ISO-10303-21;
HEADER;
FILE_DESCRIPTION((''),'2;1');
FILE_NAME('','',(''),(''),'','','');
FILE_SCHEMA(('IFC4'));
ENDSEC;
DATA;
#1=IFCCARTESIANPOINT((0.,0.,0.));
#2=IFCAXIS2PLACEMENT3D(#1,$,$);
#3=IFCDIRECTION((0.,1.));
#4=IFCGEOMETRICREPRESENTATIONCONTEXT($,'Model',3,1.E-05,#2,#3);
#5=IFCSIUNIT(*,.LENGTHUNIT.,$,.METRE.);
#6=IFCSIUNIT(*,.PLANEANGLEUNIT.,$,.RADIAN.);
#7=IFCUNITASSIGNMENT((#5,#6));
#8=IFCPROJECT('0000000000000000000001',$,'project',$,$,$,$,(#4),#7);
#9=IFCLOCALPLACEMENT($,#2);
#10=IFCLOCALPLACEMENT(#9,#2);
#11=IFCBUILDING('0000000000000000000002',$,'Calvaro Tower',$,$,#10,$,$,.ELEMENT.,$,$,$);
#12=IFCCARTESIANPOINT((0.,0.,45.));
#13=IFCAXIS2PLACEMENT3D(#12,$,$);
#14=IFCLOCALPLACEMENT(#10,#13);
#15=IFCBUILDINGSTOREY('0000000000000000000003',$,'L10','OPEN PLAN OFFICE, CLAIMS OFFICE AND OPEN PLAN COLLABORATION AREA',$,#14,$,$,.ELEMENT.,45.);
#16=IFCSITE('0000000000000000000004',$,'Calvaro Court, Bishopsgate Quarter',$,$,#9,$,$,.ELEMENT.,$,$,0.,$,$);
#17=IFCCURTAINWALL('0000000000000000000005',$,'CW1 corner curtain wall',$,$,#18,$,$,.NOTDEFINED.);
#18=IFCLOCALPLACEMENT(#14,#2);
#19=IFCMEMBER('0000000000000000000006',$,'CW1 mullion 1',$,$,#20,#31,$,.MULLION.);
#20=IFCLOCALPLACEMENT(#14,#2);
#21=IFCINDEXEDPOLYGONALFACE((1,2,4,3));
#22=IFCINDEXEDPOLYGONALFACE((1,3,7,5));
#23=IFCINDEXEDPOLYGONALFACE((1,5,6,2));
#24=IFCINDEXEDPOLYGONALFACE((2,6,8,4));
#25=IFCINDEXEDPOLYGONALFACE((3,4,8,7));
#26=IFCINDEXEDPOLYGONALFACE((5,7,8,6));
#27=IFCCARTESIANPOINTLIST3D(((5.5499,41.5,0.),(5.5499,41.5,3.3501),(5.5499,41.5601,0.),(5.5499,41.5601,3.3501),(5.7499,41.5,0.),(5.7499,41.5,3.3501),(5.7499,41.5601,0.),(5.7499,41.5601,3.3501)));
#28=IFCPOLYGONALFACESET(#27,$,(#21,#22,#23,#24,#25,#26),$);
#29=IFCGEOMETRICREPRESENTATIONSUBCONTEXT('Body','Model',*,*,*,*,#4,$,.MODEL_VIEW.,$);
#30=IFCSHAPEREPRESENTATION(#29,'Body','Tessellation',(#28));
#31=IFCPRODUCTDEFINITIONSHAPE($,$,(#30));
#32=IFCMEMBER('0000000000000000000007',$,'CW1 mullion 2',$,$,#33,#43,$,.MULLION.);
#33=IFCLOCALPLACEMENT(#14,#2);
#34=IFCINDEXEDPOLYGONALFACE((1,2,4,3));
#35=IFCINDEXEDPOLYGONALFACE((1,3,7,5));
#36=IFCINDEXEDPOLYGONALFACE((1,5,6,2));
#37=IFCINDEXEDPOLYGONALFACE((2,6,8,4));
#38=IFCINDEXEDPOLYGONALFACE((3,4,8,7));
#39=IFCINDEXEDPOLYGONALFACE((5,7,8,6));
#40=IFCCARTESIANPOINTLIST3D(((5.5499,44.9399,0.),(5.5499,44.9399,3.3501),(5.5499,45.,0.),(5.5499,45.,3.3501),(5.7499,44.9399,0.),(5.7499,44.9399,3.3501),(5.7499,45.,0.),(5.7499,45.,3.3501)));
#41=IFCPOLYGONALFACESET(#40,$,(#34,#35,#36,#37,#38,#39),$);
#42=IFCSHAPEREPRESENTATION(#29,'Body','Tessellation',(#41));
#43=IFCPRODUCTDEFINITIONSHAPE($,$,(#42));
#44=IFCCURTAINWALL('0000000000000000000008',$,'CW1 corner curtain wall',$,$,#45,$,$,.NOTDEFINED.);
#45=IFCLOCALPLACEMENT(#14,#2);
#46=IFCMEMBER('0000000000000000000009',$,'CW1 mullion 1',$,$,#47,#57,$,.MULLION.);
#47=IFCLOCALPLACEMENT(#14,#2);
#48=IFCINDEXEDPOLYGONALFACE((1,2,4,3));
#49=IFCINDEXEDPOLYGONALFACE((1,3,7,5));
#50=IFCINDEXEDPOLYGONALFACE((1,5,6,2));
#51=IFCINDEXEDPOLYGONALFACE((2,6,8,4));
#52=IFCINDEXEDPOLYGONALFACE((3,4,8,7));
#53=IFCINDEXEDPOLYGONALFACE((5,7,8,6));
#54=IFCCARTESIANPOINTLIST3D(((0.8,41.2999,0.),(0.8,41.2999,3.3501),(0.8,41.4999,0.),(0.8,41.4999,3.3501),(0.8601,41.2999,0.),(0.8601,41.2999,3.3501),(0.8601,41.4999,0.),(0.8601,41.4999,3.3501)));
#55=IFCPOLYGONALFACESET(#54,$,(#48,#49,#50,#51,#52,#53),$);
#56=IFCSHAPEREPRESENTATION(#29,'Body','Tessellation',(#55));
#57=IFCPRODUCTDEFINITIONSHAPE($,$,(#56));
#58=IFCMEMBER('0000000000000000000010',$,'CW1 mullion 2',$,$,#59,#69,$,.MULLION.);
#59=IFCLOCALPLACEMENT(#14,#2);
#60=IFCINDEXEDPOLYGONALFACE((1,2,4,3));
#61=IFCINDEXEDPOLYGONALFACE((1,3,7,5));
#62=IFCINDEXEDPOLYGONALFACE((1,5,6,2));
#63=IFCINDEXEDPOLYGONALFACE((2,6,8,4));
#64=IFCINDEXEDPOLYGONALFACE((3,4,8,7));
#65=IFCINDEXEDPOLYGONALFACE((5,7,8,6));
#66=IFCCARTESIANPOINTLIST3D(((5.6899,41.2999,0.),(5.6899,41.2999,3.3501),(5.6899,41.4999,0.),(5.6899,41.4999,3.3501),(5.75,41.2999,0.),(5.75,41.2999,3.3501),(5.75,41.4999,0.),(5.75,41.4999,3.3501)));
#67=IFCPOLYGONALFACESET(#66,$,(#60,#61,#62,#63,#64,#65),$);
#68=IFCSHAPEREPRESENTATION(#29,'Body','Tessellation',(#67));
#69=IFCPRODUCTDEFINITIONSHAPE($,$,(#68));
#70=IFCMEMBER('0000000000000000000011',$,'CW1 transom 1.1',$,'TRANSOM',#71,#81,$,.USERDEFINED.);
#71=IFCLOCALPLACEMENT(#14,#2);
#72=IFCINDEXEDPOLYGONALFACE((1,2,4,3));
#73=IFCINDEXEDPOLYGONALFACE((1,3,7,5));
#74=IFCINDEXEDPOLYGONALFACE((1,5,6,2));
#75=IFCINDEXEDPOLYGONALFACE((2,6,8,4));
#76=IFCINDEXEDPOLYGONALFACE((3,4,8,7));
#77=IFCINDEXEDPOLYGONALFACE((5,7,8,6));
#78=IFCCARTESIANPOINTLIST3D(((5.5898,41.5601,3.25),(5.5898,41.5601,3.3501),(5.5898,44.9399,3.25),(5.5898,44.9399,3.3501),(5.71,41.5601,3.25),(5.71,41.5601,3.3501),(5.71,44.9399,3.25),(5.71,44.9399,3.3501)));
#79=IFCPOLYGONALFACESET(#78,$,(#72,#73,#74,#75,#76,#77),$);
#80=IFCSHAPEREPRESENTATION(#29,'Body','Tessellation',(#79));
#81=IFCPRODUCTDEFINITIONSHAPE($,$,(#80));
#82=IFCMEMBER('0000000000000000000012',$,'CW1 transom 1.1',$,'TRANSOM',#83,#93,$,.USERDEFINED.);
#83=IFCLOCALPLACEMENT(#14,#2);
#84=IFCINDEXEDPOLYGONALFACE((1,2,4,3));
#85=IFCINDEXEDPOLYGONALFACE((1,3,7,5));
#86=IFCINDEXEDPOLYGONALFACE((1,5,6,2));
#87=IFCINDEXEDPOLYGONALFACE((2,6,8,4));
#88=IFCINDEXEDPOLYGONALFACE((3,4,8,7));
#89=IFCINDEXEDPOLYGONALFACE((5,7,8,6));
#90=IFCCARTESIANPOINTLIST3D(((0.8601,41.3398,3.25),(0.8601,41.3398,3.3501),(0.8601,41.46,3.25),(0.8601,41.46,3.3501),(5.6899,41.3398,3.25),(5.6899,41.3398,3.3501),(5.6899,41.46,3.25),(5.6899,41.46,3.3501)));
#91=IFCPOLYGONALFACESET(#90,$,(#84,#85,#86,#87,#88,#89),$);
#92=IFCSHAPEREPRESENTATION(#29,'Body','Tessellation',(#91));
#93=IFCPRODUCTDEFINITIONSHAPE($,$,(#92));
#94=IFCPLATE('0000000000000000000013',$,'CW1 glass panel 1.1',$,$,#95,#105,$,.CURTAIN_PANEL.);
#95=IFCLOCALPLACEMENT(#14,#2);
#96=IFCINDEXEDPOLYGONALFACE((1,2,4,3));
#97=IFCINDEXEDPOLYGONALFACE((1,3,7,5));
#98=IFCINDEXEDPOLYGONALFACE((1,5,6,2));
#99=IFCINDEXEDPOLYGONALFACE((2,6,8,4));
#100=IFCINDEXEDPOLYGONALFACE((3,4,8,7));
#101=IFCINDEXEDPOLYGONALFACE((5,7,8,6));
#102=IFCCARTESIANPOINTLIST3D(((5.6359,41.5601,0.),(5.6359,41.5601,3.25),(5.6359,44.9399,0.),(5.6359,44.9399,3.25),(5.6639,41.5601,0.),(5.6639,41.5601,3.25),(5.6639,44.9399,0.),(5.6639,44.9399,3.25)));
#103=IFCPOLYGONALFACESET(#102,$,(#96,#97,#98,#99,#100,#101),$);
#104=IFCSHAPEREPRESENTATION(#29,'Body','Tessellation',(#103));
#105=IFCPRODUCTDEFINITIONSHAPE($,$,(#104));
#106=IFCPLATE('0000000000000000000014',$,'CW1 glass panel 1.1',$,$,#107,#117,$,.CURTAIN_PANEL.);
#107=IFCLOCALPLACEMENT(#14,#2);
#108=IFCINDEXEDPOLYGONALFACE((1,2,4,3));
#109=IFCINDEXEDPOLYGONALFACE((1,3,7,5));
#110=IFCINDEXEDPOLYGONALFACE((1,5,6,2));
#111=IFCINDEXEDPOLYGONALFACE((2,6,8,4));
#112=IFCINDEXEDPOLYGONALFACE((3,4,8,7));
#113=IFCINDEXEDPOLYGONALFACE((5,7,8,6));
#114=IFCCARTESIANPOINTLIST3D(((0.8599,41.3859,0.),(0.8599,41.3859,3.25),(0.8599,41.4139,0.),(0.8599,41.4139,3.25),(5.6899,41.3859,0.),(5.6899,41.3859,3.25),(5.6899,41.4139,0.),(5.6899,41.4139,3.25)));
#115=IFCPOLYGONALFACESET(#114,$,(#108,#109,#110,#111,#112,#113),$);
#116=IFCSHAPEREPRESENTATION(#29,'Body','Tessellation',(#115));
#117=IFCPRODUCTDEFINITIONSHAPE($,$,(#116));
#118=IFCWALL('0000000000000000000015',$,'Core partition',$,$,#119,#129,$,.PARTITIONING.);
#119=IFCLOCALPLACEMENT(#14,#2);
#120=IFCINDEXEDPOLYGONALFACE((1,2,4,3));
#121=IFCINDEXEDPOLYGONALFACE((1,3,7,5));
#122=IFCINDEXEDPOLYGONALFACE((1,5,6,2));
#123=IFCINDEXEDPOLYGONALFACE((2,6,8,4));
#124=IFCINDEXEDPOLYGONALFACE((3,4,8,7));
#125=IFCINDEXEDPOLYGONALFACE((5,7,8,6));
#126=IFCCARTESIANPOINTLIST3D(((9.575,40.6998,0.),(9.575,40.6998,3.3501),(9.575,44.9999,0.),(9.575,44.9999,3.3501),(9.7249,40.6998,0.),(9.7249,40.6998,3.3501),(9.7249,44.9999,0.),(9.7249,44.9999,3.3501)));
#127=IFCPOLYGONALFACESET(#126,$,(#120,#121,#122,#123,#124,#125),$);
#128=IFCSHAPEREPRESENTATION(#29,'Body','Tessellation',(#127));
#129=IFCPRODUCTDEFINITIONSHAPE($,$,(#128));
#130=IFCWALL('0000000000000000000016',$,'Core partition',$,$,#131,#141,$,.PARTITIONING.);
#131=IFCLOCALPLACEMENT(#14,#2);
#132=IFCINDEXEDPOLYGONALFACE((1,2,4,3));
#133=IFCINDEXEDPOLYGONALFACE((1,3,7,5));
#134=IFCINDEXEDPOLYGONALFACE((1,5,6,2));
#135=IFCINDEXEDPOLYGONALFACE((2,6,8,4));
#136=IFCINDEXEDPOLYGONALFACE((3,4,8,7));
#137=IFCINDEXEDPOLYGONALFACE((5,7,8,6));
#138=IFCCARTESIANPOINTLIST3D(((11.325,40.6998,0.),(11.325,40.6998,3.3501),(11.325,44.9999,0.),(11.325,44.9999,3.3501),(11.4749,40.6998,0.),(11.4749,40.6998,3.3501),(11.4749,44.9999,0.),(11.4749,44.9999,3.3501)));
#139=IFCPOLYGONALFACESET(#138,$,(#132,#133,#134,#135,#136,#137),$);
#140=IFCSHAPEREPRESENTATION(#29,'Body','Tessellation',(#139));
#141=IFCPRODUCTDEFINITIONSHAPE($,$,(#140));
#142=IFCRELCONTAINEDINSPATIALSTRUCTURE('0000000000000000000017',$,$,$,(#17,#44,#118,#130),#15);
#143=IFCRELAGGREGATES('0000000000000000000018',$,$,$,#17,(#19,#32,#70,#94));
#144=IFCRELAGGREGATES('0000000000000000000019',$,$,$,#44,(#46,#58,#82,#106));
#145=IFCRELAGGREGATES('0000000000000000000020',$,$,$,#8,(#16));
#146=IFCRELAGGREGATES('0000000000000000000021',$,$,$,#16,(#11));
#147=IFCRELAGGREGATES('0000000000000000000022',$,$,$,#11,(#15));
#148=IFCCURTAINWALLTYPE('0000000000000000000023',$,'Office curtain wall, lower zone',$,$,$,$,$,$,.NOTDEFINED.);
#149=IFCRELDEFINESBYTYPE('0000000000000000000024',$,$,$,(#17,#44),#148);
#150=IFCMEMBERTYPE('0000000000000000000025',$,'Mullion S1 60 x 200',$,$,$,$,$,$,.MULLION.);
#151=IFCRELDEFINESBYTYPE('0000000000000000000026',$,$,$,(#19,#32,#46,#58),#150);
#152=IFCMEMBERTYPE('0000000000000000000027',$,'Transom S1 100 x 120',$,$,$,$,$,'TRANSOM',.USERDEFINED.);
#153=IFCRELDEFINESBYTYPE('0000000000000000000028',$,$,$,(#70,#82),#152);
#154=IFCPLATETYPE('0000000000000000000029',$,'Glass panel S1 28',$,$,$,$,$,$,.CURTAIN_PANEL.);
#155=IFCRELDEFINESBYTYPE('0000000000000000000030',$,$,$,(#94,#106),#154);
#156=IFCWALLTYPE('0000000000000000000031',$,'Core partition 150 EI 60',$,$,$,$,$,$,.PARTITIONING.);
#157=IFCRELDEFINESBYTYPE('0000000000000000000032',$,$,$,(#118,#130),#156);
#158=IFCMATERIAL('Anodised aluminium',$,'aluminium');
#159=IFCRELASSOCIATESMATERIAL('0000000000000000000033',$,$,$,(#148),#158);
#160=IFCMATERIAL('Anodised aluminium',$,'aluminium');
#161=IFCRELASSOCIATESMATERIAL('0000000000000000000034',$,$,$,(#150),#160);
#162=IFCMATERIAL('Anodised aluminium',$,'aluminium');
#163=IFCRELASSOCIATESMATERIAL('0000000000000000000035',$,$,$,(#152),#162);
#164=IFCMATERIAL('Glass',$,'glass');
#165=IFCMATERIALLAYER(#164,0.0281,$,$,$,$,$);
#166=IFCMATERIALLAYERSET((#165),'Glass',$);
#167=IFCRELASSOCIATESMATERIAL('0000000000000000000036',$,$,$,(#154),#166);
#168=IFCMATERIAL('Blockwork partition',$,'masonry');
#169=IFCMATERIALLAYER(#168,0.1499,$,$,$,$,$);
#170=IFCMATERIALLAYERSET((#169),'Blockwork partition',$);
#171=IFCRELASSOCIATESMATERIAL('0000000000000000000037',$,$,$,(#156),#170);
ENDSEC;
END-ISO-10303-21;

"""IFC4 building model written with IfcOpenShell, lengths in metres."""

from ifc_helpers import new_model, si_unit, direction, frame, frame_2d, origin, origin_2d, place, context, subcontext, project, spatial, rectangle, extrude, material, layer, layer_set, material_profile, profile_set, type_object, element, aggregate, save


model = new_model("IFC4")

# Units and contexts
model_context = context("Model", 3, precision=1e-05, world=origin(), true_north=direction((0.0, 1.0)))
body_context = subcontext(model_context, "Body", "Model", "MODEL_VIEW")
ifc_project = project(units=[si_unit("LENGTHUNIT", "METRE"), si_unit("PLANEANGLEUNIT", "RADIAN")], contexts=[model_context])

# Site, building, storey
site_placement = place(None, origin())
site = spatial("IfcSite", under=ifc_project, at=site_placement, Name="Calvaro Court, Bishopsgate Quarter", CompositionType="ELEMENT", RefElevation=0.0)
building_placement = place(site_placement, origin())
building = spatial("IfcBuilding", under=site, at=building_placement, Name="Calvaro Tower", CompositionType="ELEMENT")
storey_placement = place(building_placement, frame((0.0, 0.0, 45.0)))
storey = spatial("IfcBuildingStorey", under=building, at=storey_placement, Name="L10", Description="OPEN PLAN OFFICE, CLAIMS OFFICE AND OPEN PLAN COLLABORATION AREA", CompositionType="ELEMENT", Elevation=45.0)

# Curtain walls, members
ifc_material_1 = material(Name="Anodised aluminium", Category="aluminium")
curtain_wall_type = type_object("IfcCurtainWallType", Name="Office curtain wall, lower zone", PredefinedType="NOTDEFINED", material=ifc_material_1)
curtain_wall_1_placement = place(storey_placement, origin())
curtain_wall_1 = element("IfcCurtainWall", 1, at=curtain_wall_1_placement, inside=storey, type_object=curtain_wall_type, Name="CW1 corner curtain wall", PredefinedType="NOTDEFINED")
ifc_material_2 = material(Name="Anodised aluminium", Category="aluminium")
ifc_material_profile_1 = material_profile(ifc_material_2, rectangle(XDim=0.2, YDim=0.0601, at=origin_2d()), Name="Mullion S1 60 x 200")
ifc_profile_set_1 = profile_set([ifc_material_profile_1], Name="Anodised aluminium")
member_type_1 = type_object("IfcMemberType", Name="Mullion S1 60 x 200", PredefinedType="MULLION", material=ifc_profile_set_1)
member_1_placement = place(storey_placement, frame((5.6499, 41.53, 0.0), z_axis=(0.0, 0.0, 1.0), x_axis=(-1.0, 0.0, 0.0)))
member_1 = element("IfcMember", 2, at=member_1_placement, type_object=member_type_1, Name="CW1 mullion 1", PredefinedType="MULLION", context=body_context, shape_type="SweptSolid", body=[
    extrude(rectangle(XDim=0.2, YDim=0.0601, at=origin_2d()), origin(), (0.0, 0.0, 1.0), 3.3501),
])
member_2_placement = place(storey_placement, frame((5.6499, 44.97, 0.0), z_axis=(0.0, 0.0, 1.0), x_axis=(-1.0, 0.0, 0.0)))
member_2 = element("IfcMember", 3, at=member_2_placement, type_object=member_type_1, Name="CW1 mullion 2", PredefinedType="MULLION", context=body_context, shape_type="SweptSolid", body=[
    extrude(rectangle(XDim=0.2, YDim=0.0601, at=origin_2d()), origin(), (0.0, 0.0, 1.0), 3.3501),
])
curtain_wall_2_placement = place(storey_placement, origin())
curtain_wall_2 = element("IfcCurtainWall", 4, at=curtain_wall_2_placement, inside=storey, type_object=curtain_wall_type, Name="CW1 corner curtain wall", PredefinedType="NOTDEFINED")
member_3_placement = place(storey_placement, frame((0.8301, 41.3999, 0.0), z_axis=(0.0, 0.0, 1.0), x_axis=(0.0, 1.0, 0.0)))
member_3 = element("IfcMember", 5, at=member_3_placement, type_object=member_type_1, Name="CW1 mullion 1", PredefinedType="MULLION", context=body_context, shape_type="SweptSolid", body=[
    extrude(rectangle(XDim=0.2, YDim=0.0601, at=origin_2d()), origin(), (0.0, 0.0, 1.0), 3.3501),
])
member_4_placement = place(storey_placement, frame((5.72, 41.3999, 0.0), z_axis=(0.0, 0.0, 1.0), x_axis=(0.0, 1.0, 0.0)))
member_4 = element("IfcMember", 6, at=member_4_placement, type_object=member_type_1, Name="CW1 mullion 2", PredefinedType="MULLION", context=body_context, shape_type="SweptSolid", body=[
    extrude(rectangle(XDim=0.2, YDim=0.0601, at=origin_2d()), origin(), (0.0, 0.0, 1.0), 3.3501),
])

# Members
ifc_material_3 = material(Name="Anodised aluminium", Category="aluminium")
ifc_material_profile_2 = material_profile(ifc_material_3, rectangle(XDim=0.1201, YDim=0.1001, at=origin_2d()), Name="Transom S1 100 x 120")
ifc_profile_set_2 = profile_set([ifc_material_profile_2], Name="Anodised aluminium")
member_type_2 = type_object("IfcMemberType", Name="Transom S1 100 x 120", ElementType="TRANSOM", PredefinedType="USERDEFINED", material=ifc_profile_set_2)
member_5_placement = place(storey_placement, frame((5.6499, 41.5601, 3.3), z_axis=(0.0, 1.0, 0.0), x_axis=(-1.0, 0.0, 0.0)))
member_5 = element("IfcMember", 7, at=member_5_placement, type_object=member_type_2, Name="CW1 transom 1.1", ObjectType="TRANSOM", PredefinedType="USERDEFINED", context=body_context, shape_type="SweptSolid", body=[
    extrude(rectangle(XDim=0.1201, YDim=0.1001, at=origin_2d()), origin(), (0.0, 0.0, 1.0), 3.3799),
])
member_6_placement = place(storey_placement, frame((0.8601, 41.3999, 3.3), z_axis=(1.0, 0.0, 0.0), x_axis=(0.0, 1.0, 0.0)))
member_6 = element("IfcMember", 8, at=member_6_placement, type_object=member_type_2, Name="CW1 transom 1.1", ObjectType="TRANSOM", PredefinedType="USERDEFINED", context=body_context, shape_type="SweptSolid", body=[
    extrude(rectangle(XDim=0.1201, YDim=0.1001, at=origin_2d()), origin(), (0.0, 0.0, 1.0), 4.8298),
])

# Plates
ifc_material_4 = material(Name="Glass", Category="glass")
ifc_layer_1 = layer(ifc_material_4, 0.0281)
ifc_layer_set_1 = layer_set([ifc_layer_1], Name="Glass")
plate_type = type_object("IfcPlateType", Name="Glass panel S1 28", PredefinedType="CURTAIN_PANEL", material=ifc_layer_set_1)
plate_1_placement = place(storey_placement, frame((5.6499, 43.25, 0.0), z_axis=(0.0, 0.0, 1.0), x_axis=(0.0, 1.0, 0.0)))
plate_1 = element("IfcPlate", 9, at=plate_1_placement, type_object=plate_type, Name="CW1 glass panel 1.1", PredefinedType="CURTAIN_PANEL", context=body_context, shape_type="SweptSolid", body=[
    extrude(rectangle(XDim=3.3799, YDim=0.0281, at=origin_2d()), origin(), (0.0, 0.0, 1.0), 3.25),
])
aggregate(curtain_wall_1, [member_1, member_2, member_5, plate_1])
plate_2_placement = place(storey_placement, frame((3.2749, 41.3999, 0.0), z_axis=(0.0, 0.0, 1.0), x_axis=(1.0, 0.0, 0.0)))
plate_2 = element("IfcPlate", 10, at=plate_2_placement, type_object=plate_type, Name="CW1 glass panel 1.1", PredefinedType="CURTAIN_PANEL", context=body_context, shape_type="SweptSolid", body=[
    extrude(rectangle(XDim=4.8301, YDim=0.0281, at=origin_2d()), origin(), (0.0, 0.0, 1.0), 3.25),
])
aggregate(curtain_wall_2, [member_3, member_4, member_6, plate_2])

# Walls
ifc_material_5 = material(Name="Blockwork partition", Category="masonry")
ifc_layer_2 = layer(ifc_material_5, 0.1499)
ifc_layer_set_2 = layer_set([ifc_layer_2], Name="Blockwork partition")
wall_type_1 = type_object("IfcWallType", Name="Core partition 150 EI 60", PredefinedType="PARTITIONING", material=ifc_layer_set_2)
for number, where, z_axis, x_axis, name in (
    (11, (9.6499, 40.7, 0.0), (0.0, 0.0, 1.0), (0.0, 1.0, 0.0), "Core partition"),
    (12, (11.3999, 40.7, 0.0), (0.0, 0.0, 1.0), (0.0, 1.0, 0.0), "Core partition"),
):
    element("IfcWall", number, at=place(storey_placement, frame(where, z_axis=z_axis, x_axis=x_axis)), inside=storey, type_object=wall_type_1, Name=name, PredefinedType="PARTITIONING", context=body_context, shape_type="SweptSolid", body=[
        extrude(rectangle(XDim=4.3, YDim=0.1499, at=frame_2d((2.1499, 0.0))), origin(), (0.0, 0.0, 1.0), 3.3501),
    ])

save(model, "model.ifc")
